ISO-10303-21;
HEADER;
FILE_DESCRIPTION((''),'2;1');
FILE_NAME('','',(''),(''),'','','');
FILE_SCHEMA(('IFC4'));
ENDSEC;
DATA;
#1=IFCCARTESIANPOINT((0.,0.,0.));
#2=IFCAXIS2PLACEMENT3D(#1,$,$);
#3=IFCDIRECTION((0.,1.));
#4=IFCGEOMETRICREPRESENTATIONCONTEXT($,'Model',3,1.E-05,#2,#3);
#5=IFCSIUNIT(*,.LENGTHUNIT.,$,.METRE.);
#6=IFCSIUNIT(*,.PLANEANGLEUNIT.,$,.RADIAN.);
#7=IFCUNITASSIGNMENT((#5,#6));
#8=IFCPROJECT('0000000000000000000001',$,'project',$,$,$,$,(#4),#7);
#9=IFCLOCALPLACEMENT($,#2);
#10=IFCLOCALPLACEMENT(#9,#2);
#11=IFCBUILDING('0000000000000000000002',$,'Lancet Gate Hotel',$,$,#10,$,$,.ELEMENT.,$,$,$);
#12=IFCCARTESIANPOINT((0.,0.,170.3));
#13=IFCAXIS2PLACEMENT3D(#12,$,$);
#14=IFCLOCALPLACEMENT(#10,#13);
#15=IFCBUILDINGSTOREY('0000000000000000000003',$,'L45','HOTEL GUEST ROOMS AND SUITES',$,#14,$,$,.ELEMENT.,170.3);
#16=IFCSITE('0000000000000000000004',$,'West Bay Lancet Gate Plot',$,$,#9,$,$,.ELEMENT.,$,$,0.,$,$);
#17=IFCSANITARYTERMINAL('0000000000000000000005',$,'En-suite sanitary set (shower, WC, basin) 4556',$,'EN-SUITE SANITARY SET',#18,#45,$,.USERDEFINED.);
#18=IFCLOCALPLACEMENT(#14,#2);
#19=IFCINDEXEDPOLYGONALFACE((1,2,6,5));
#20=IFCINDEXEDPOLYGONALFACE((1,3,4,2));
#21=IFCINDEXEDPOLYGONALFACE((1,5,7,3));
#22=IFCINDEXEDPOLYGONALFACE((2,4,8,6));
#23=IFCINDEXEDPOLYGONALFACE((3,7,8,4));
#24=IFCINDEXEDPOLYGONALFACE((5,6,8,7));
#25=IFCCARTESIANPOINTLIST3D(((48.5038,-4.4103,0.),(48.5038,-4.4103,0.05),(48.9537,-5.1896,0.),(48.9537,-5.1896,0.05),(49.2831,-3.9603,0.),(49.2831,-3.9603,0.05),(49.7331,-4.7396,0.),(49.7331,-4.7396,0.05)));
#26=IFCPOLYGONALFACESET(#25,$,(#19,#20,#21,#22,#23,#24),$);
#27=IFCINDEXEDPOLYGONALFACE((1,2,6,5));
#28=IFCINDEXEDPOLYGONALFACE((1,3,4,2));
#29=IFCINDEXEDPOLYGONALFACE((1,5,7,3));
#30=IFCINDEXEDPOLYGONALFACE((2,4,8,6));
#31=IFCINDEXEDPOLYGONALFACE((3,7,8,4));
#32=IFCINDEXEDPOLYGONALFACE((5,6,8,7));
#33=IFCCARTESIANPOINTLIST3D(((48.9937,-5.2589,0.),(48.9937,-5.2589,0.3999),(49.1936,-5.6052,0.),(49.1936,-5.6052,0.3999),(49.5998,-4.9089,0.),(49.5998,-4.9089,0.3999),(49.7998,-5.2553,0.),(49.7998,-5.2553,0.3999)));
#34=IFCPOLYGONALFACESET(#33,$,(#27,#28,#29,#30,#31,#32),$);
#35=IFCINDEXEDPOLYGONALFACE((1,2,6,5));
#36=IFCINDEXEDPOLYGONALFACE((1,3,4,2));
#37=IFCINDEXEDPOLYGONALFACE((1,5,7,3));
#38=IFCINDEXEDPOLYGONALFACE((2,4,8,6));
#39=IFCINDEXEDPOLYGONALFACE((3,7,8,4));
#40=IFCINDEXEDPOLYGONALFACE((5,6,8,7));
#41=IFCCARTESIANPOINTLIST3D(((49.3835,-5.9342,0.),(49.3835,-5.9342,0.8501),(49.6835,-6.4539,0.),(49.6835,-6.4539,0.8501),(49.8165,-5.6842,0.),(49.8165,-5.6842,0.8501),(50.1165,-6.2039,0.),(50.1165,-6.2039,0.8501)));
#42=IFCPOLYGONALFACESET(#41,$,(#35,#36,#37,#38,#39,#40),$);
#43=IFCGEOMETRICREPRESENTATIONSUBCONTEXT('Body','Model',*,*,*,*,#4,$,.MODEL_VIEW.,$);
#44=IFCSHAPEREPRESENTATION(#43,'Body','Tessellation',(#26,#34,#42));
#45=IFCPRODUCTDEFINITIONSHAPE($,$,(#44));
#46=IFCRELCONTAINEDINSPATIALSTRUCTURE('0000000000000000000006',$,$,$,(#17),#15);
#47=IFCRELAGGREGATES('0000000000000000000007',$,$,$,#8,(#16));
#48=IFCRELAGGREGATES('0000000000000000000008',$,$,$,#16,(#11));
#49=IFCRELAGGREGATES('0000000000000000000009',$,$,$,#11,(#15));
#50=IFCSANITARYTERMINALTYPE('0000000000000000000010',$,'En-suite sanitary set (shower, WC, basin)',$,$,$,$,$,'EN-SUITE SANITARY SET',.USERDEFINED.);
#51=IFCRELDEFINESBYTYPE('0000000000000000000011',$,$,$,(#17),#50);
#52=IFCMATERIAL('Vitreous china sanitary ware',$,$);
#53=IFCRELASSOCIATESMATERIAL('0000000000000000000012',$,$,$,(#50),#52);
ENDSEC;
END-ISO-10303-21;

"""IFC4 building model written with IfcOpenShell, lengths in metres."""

from ifc_helpers import new_model, si_unit, direction, frame, origin, origin_2d, place, context, subcontext, project, spatial, rectangle, extrude, material, type_object, element, save


model = new_model("IFC4")

# Units and contexts
model_context = context("Model", 3, precision=1e-05, world=origin(), true_north=direction((0.0, 1.0)))
body_context = subcontext(model_context, "Body", "Model", "MODEL_VIEW")
ifc_project = project(units=[si_unit("LENGTHUNIT", "METRE"), si_unit("PLANEANGLEUNIT", "RADIAN")], contexts=[model_context])

# Site, building, storey
site_placement = place(None, origin())
site = spatial("IfcSite", under=ifc_project, at=site_placement, Name="West Bay Lancet Gate Plot", CompositionType="ELEMENT", RefElevation=0.0)
building_placement = place(site_placement, origin())
building = spatial("IfcBuilding", under=site, at=building_placement, Name="Lancet Gate Hotel", CompositionType="ELEMENT")
storey_placement = place(building_placement, frame((0.0, 0.0, 170.3)))
storey = spatial("IfcBuildingStorey", under=building, at=storey_placement, Name="L45", Description="HOTEL GUEST ROOMS AND SUITES", CompositionType="ELEMENT", Elevation=170.3)

# Sanitary terminal
ifc_material_1 = material(Name="Vitreous china sanitary ware")
sanitary_terminal_type = type_object("IfcSanitaryTerminalType", Name="En-suite sanitary set (shower, WC, basin)", ElementType="EN-SUITE SANITARY SET", PredefinedType="USERDEFINED", material=ifc_material_1)
sanitary_terminal_1_placement = place(storey_placement, frame((49.1184, -4.575, 0.0), z_axis=(0.0, 0.0, 1.0), x_axis=(1.0, 0.0, 0.0)))
element("IfcSanitaryTerminal", 1, at=sanitary_terminal_1_placement, inside=storey, type_object=sanitary_terminal_type, Name="En-suite sanitary set (shower, WC, basin) 4556", ObjectType="EN-SUITE SANITARY SET", PredefinedType="USERDEFINED", context=body_context, shape_type="SweptSolid", body=[
    extrude(rectangle(XDim=0.8999, YDim=0.8999, at=origin_2d()), frame((0.0, 0.0, 0.0), z_axis=(0.0, 0.0, 1.0), x_axis=(-0.5, 0.866025, 0.0)), (0.0, 0.0, 1.0), 0.05),
    extrude(rectangle(XDim=0.3999, YDim=0.7, at=origin_2d()), frame((0.2783, -0.6821, 0.0), z_axis=(0.0, 0.0, 1.0), x_axis=(-0.5, 0.866025, 0.0)), (0.0, 0.0, 1.0), 0.3999),
    extrude(rectangle(XDim=0.6001, YDim=0.5, at=origin_2d()), frame((0.6316, -1.4941, 0.0), z_axis=(0.0, 0.0, 1.0), x_axis=(-0.5, 0.866025, 0.0)), (0.0, 0.0, 1.0), 0.8501),
])

save(model, "model.ifc")
